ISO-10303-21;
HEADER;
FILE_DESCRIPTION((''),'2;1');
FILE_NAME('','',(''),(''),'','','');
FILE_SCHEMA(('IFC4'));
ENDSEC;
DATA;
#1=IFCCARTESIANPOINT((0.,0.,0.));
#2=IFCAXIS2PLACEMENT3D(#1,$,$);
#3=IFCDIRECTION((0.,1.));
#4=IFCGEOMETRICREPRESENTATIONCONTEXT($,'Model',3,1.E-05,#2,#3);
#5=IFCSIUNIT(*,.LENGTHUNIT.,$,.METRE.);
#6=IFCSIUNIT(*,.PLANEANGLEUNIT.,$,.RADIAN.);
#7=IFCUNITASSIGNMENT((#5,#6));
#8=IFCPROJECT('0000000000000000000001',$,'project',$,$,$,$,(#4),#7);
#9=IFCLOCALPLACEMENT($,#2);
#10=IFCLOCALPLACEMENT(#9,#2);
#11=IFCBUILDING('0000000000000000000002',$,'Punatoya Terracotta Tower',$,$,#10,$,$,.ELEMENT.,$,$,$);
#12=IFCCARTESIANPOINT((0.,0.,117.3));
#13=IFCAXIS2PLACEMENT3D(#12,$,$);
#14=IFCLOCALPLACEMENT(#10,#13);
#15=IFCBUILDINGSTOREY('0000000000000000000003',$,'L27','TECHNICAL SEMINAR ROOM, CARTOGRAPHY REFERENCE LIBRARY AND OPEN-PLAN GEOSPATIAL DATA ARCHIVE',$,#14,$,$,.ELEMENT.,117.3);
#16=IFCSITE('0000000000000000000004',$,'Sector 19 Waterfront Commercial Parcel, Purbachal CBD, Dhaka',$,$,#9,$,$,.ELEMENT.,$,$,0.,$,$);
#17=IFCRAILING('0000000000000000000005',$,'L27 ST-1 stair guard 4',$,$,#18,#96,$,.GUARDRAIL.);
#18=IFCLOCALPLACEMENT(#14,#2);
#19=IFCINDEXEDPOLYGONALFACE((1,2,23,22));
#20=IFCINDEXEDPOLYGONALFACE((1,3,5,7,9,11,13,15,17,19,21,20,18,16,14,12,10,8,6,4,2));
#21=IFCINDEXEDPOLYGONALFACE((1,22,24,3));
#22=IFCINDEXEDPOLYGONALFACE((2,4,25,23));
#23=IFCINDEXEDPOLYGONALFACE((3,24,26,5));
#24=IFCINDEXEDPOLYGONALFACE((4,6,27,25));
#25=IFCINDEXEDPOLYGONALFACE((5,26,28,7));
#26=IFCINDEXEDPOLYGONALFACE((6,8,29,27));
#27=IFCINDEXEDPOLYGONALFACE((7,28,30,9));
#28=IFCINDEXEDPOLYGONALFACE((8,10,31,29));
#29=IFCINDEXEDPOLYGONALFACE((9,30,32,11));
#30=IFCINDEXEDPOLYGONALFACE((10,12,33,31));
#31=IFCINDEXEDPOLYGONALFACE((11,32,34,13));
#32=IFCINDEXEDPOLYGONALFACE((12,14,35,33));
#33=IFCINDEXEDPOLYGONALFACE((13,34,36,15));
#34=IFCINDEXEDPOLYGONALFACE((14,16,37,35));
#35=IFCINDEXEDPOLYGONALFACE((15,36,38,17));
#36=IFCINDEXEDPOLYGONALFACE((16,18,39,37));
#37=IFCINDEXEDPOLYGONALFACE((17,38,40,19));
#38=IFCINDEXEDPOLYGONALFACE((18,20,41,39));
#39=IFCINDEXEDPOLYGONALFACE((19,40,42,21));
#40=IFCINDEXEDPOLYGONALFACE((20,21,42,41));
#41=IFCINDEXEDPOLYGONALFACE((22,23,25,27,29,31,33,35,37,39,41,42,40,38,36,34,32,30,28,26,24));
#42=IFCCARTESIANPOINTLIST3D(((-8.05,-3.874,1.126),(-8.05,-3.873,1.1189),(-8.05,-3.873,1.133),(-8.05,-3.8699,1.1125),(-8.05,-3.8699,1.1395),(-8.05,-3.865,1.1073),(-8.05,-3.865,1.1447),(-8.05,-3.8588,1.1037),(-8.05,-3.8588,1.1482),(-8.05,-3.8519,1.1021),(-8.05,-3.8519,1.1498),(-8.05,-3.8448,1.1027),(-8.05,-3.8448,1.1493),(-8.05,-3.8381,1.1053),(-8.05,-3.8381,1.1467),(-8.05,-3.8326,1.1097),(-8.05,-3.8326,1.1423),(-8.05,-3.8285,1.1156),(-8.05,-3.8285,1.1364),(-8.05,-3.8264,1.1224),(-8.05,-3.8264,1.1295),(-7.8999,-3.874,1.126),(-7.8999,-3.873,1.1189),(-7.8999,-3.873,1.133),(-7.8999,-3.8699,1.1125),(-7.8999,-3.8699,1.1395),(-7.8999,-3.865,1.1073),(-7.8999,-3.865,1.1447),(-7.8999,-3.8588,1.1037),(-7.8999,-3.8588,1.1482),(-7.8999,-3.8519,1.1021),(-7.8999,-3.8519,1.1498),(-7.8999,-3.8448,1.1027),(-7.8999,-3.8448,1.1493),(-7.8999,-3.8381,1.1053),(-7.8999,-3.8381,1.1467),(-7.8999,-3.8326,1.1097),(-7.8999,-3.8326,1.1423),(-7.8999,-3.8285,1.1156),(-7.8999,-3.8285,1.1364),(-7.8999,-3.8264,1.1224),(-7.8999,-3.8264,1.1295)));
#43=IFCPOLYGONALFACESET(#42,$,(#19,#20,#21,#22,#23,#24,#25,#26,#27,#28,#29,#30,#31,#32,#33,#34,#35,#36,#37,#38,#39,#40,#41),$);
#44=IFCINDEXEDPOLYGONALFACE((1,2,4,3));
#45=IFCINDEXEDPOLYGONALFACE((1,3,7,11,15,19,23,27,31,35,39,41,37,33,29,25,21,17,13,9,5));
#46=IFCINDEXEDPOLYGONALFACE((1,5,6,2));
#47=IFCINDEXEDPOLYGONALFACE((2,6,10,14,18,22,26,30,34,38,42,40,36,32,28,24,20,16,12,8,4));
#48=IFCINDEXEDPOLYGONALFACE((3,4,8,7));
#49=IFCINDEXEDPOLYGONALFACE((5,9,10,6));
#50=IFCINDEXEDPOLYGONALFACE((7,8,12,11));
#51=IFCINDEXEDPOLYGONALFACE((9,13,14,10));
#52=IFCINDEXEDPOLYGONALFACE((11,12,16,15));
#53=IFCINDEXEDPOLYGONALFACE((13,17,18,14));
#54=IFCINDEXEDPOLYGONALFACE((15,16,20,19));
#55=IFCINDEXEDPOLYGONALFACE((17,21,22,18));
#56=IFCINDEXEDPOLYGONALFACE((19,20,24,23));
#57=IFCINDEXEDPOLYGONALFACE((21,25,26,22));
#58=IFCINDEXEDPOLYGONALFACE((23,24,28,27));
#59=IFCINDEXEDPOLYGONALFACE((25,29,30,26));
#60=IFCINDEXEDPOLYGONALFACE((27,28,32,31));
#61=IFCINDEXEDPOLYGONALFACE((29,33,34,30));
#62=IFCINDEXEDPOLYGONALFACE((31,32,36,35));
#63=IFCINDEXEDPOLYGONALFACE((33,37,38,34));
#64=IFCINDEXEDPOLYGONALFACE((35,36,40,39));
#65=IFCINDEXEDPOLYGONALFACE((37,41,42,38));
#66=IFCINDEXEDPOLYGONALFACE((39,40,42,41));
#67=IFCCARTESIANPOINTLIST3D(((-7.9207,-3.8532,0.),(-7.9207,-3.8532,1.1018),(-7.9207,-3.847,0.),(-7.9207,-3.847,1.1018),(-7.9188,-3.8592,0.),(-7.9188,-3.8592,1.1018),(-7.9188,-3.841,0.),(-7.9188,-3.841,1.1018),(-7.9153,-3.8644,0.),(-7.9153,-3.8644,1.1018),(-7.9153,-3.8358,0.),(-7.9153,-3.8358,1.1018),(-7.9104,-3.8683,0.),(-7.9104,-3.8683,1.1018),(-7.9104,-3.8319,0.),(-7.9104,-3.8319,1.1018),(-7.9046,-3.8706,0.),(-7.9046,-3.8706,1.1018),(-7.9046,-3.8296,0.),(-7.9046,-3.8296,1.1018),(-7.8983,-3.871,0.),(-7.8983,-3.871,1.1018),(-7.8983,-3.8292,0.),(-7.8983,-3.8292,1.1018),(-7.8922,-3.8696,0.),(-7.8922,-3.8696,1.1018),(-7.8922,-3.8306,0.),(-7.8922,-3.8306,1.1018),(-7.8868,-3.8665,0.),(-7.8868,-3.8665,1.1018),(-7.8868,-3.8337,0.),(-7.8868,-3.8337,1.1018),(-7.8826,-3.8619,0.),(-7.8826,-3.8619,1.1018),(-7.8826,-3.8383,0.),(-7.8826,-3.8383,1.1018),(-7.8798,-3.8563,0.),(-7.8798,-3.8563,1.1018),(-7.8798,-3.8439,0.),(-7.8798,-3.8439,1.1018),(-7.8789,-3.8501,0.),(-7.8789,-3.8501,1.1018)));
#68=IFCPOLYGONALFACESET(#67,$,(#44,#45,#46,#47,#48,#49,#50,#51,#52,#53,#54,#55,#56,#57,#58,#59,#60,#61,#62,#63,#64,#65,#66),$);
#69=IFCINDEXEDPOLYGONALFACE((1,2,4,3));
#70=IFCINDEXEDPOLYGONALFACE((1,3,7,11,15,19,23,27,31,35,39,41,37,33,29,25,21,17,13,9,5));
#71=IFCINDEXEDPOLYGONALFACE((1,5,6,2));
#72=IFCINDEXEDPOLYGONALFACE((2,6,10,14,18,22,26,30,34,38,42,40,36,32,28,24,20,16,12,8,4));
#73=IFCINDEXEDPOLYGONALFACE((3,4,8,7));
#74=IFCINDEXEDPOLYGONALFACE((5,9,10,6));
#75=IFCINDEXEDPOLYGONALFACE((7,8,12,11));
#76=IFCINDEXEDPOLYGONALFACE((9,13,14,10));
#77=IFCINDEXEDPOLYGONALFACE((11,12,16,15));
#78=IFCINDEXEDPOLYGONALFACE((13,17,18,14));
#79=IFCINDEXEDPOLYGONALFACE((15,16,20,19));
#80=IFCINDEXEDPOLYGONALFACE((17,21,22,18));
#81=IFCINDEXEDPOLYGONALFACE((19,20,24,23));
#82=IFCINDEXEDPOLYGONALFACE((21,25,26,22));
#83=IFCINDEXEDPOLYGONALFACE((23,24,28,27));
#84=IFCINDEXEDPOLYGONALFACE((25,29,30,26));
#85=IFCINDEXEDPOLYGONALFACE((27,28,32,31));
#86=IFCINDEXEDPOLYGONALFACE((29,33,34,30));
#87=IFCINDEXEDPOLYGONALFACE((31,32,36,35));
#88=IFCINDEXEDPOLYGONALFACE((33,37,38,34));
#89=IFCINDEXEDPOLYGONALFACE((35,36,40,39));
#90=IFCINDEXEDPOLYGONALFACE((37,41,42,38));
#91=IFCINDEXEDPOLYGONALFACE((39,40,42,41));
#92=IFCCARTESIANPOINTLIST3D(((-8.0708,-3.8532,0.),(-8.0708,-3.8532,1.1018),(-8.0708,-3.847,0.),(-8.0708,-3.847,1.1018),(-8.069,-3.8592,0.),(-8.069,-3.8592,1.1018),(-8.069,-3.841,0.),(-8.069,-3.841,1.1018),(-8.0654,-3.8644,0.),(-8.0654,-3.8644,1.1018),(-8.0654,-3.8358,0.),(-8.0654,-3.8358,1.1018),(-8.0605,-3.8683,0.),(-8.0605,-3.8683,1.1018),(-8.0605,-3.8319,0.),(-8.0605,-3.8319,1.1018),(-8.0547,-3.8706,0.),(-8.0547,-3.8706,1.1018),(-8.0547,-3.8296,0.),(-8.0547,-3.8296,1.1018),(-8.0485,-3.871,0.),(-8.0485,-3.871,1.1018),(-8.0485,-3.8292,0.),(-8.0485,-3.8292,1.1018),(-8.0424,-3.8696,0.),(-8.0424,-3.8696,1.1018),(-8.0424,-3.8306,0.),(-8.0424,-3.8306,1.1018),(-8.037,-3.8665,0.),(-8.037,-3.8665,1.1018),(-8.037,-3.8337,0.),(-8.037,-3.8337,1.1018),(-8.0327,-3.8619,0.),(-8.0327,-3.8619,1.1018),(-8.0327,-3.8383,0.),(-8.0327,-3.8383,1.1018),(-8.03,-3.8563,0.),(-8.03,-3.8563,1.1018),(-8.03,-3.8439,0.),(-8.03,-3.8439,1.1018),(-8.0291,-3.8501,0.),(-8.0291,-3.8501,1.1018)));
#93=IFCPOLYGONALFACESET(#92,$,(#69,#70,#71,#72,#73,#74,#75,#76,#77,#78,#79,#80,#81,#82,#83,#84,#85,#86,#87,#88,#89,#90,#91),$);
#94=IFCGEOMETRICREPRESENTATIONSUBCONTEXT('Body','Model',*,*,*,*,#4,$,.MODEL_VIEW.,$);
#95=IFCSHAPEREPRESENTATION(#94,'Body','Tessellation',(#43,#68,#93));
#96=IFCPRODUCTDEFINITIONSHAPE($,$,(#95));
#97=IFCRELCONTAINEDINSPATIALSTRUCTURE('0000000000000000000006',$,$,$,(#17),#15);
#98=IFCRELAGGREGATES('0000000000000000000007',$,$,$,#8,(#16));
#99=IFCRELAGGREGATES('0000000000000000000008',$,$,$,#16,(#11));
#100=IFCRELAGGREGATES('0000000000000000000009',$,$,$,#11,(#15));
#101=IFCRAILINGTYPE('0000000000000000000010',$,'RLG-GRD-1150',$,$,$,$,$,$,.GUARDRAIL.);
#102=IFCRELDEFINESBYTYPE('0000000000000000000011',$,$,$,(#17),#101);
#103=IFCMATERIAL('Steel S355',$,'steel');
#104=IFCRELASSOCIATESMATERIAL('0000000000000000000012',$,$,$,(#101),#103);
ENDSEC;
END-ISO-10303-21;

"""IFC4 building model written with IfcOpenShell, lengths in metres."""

from ifc_helpers import new_model, si_unit, direction, frame, origin, origin_2d, place, context, subcontext, project, spatial, circle, extrude, material, type_object, element, save


model = new_model("IFC4")

# Units and contexts
model_context = context("Model", 3, precision=1e-05, world=origin(), true_north=direction((0.0, 1.0)))
body_context = subcontext(model_context, "Body", "Model", "MODEL_VIEW")
ifc_project = project(units=[si_unit("LENGTHUNIT", "METRE"), si_unit("PLANEANGLEUNIT", "RADIAN")], contexts=[model_context])

# Site, building, storey
site_placement = place(None, origin())
site = spatial("IfcSite", under=ifc_project, at=site_placement, Name="Sector 19 Waterfront Commercial Parcel, Purbachal CBD, Dhaka", CompositionType="ELEMENT", RefElevation=0.0)
building_placement = place(site_placement, origin())
building = spatial("IfcBuilding", under=site, at=building_placement, Name="Punatoya Terracotta Tower", CompositionType="ELEMENT")
storey_placement = place(building_placement, frame((0.0, 0.0, 117.3)))
storey = spatial("IfcBuildingStorey", under=building, at=storey_placement, Name="L27", Description="TECHNICAL SEMINAR ROOM, CARTOGRAPHY REFERENCE LIBRARY AND OPEN-PLAN GEOSPATIAL DATA ARCHIVE", CompositionType="ELEMENT", Elevation=117.3)

# Railing
ifc_material_1 = material(Name="Steel S355", Category="steel")
railing_type_1 = type_object("IfcRailingType", Name="RLG-GRD-1150", PredefinedType="GUARDRAIL", material=ifc_material_1)
railing_1_placement = place(storey_placement, frame((-7.8999, -3.8501, 0.0)))
element("IfcRailing", 1, at=railing_1_placement, inside=storey, type_object=railing_type_1, Name="L27 ST-1 stair guard 4", PredefinedType="GUARDRAIL", context=body_context, shape_type="SweptSolid", body=[
    extrude(circle(Radius=0.0239, at=origin_2d()), frame((0.0, 0.0, 1.126), z_axis=(-1.0, 0.0, 0.0), x_axis=(0.0, -1.0, 0.0)), (0.0, 0.0, 1.0), 0.1501),
    extrude(circle(Radius=0.021, at=origin_2d()), origin(), (0.0, 0.0, 1.0), 1.1018),
    extrude(circle(Radius=0.021, at=origin_2d()), frame((-0.1501, 0.0, 0.0)), (0.0, 0.0, 1.0), 1.1018),
])

save(model, "model.ifc")
